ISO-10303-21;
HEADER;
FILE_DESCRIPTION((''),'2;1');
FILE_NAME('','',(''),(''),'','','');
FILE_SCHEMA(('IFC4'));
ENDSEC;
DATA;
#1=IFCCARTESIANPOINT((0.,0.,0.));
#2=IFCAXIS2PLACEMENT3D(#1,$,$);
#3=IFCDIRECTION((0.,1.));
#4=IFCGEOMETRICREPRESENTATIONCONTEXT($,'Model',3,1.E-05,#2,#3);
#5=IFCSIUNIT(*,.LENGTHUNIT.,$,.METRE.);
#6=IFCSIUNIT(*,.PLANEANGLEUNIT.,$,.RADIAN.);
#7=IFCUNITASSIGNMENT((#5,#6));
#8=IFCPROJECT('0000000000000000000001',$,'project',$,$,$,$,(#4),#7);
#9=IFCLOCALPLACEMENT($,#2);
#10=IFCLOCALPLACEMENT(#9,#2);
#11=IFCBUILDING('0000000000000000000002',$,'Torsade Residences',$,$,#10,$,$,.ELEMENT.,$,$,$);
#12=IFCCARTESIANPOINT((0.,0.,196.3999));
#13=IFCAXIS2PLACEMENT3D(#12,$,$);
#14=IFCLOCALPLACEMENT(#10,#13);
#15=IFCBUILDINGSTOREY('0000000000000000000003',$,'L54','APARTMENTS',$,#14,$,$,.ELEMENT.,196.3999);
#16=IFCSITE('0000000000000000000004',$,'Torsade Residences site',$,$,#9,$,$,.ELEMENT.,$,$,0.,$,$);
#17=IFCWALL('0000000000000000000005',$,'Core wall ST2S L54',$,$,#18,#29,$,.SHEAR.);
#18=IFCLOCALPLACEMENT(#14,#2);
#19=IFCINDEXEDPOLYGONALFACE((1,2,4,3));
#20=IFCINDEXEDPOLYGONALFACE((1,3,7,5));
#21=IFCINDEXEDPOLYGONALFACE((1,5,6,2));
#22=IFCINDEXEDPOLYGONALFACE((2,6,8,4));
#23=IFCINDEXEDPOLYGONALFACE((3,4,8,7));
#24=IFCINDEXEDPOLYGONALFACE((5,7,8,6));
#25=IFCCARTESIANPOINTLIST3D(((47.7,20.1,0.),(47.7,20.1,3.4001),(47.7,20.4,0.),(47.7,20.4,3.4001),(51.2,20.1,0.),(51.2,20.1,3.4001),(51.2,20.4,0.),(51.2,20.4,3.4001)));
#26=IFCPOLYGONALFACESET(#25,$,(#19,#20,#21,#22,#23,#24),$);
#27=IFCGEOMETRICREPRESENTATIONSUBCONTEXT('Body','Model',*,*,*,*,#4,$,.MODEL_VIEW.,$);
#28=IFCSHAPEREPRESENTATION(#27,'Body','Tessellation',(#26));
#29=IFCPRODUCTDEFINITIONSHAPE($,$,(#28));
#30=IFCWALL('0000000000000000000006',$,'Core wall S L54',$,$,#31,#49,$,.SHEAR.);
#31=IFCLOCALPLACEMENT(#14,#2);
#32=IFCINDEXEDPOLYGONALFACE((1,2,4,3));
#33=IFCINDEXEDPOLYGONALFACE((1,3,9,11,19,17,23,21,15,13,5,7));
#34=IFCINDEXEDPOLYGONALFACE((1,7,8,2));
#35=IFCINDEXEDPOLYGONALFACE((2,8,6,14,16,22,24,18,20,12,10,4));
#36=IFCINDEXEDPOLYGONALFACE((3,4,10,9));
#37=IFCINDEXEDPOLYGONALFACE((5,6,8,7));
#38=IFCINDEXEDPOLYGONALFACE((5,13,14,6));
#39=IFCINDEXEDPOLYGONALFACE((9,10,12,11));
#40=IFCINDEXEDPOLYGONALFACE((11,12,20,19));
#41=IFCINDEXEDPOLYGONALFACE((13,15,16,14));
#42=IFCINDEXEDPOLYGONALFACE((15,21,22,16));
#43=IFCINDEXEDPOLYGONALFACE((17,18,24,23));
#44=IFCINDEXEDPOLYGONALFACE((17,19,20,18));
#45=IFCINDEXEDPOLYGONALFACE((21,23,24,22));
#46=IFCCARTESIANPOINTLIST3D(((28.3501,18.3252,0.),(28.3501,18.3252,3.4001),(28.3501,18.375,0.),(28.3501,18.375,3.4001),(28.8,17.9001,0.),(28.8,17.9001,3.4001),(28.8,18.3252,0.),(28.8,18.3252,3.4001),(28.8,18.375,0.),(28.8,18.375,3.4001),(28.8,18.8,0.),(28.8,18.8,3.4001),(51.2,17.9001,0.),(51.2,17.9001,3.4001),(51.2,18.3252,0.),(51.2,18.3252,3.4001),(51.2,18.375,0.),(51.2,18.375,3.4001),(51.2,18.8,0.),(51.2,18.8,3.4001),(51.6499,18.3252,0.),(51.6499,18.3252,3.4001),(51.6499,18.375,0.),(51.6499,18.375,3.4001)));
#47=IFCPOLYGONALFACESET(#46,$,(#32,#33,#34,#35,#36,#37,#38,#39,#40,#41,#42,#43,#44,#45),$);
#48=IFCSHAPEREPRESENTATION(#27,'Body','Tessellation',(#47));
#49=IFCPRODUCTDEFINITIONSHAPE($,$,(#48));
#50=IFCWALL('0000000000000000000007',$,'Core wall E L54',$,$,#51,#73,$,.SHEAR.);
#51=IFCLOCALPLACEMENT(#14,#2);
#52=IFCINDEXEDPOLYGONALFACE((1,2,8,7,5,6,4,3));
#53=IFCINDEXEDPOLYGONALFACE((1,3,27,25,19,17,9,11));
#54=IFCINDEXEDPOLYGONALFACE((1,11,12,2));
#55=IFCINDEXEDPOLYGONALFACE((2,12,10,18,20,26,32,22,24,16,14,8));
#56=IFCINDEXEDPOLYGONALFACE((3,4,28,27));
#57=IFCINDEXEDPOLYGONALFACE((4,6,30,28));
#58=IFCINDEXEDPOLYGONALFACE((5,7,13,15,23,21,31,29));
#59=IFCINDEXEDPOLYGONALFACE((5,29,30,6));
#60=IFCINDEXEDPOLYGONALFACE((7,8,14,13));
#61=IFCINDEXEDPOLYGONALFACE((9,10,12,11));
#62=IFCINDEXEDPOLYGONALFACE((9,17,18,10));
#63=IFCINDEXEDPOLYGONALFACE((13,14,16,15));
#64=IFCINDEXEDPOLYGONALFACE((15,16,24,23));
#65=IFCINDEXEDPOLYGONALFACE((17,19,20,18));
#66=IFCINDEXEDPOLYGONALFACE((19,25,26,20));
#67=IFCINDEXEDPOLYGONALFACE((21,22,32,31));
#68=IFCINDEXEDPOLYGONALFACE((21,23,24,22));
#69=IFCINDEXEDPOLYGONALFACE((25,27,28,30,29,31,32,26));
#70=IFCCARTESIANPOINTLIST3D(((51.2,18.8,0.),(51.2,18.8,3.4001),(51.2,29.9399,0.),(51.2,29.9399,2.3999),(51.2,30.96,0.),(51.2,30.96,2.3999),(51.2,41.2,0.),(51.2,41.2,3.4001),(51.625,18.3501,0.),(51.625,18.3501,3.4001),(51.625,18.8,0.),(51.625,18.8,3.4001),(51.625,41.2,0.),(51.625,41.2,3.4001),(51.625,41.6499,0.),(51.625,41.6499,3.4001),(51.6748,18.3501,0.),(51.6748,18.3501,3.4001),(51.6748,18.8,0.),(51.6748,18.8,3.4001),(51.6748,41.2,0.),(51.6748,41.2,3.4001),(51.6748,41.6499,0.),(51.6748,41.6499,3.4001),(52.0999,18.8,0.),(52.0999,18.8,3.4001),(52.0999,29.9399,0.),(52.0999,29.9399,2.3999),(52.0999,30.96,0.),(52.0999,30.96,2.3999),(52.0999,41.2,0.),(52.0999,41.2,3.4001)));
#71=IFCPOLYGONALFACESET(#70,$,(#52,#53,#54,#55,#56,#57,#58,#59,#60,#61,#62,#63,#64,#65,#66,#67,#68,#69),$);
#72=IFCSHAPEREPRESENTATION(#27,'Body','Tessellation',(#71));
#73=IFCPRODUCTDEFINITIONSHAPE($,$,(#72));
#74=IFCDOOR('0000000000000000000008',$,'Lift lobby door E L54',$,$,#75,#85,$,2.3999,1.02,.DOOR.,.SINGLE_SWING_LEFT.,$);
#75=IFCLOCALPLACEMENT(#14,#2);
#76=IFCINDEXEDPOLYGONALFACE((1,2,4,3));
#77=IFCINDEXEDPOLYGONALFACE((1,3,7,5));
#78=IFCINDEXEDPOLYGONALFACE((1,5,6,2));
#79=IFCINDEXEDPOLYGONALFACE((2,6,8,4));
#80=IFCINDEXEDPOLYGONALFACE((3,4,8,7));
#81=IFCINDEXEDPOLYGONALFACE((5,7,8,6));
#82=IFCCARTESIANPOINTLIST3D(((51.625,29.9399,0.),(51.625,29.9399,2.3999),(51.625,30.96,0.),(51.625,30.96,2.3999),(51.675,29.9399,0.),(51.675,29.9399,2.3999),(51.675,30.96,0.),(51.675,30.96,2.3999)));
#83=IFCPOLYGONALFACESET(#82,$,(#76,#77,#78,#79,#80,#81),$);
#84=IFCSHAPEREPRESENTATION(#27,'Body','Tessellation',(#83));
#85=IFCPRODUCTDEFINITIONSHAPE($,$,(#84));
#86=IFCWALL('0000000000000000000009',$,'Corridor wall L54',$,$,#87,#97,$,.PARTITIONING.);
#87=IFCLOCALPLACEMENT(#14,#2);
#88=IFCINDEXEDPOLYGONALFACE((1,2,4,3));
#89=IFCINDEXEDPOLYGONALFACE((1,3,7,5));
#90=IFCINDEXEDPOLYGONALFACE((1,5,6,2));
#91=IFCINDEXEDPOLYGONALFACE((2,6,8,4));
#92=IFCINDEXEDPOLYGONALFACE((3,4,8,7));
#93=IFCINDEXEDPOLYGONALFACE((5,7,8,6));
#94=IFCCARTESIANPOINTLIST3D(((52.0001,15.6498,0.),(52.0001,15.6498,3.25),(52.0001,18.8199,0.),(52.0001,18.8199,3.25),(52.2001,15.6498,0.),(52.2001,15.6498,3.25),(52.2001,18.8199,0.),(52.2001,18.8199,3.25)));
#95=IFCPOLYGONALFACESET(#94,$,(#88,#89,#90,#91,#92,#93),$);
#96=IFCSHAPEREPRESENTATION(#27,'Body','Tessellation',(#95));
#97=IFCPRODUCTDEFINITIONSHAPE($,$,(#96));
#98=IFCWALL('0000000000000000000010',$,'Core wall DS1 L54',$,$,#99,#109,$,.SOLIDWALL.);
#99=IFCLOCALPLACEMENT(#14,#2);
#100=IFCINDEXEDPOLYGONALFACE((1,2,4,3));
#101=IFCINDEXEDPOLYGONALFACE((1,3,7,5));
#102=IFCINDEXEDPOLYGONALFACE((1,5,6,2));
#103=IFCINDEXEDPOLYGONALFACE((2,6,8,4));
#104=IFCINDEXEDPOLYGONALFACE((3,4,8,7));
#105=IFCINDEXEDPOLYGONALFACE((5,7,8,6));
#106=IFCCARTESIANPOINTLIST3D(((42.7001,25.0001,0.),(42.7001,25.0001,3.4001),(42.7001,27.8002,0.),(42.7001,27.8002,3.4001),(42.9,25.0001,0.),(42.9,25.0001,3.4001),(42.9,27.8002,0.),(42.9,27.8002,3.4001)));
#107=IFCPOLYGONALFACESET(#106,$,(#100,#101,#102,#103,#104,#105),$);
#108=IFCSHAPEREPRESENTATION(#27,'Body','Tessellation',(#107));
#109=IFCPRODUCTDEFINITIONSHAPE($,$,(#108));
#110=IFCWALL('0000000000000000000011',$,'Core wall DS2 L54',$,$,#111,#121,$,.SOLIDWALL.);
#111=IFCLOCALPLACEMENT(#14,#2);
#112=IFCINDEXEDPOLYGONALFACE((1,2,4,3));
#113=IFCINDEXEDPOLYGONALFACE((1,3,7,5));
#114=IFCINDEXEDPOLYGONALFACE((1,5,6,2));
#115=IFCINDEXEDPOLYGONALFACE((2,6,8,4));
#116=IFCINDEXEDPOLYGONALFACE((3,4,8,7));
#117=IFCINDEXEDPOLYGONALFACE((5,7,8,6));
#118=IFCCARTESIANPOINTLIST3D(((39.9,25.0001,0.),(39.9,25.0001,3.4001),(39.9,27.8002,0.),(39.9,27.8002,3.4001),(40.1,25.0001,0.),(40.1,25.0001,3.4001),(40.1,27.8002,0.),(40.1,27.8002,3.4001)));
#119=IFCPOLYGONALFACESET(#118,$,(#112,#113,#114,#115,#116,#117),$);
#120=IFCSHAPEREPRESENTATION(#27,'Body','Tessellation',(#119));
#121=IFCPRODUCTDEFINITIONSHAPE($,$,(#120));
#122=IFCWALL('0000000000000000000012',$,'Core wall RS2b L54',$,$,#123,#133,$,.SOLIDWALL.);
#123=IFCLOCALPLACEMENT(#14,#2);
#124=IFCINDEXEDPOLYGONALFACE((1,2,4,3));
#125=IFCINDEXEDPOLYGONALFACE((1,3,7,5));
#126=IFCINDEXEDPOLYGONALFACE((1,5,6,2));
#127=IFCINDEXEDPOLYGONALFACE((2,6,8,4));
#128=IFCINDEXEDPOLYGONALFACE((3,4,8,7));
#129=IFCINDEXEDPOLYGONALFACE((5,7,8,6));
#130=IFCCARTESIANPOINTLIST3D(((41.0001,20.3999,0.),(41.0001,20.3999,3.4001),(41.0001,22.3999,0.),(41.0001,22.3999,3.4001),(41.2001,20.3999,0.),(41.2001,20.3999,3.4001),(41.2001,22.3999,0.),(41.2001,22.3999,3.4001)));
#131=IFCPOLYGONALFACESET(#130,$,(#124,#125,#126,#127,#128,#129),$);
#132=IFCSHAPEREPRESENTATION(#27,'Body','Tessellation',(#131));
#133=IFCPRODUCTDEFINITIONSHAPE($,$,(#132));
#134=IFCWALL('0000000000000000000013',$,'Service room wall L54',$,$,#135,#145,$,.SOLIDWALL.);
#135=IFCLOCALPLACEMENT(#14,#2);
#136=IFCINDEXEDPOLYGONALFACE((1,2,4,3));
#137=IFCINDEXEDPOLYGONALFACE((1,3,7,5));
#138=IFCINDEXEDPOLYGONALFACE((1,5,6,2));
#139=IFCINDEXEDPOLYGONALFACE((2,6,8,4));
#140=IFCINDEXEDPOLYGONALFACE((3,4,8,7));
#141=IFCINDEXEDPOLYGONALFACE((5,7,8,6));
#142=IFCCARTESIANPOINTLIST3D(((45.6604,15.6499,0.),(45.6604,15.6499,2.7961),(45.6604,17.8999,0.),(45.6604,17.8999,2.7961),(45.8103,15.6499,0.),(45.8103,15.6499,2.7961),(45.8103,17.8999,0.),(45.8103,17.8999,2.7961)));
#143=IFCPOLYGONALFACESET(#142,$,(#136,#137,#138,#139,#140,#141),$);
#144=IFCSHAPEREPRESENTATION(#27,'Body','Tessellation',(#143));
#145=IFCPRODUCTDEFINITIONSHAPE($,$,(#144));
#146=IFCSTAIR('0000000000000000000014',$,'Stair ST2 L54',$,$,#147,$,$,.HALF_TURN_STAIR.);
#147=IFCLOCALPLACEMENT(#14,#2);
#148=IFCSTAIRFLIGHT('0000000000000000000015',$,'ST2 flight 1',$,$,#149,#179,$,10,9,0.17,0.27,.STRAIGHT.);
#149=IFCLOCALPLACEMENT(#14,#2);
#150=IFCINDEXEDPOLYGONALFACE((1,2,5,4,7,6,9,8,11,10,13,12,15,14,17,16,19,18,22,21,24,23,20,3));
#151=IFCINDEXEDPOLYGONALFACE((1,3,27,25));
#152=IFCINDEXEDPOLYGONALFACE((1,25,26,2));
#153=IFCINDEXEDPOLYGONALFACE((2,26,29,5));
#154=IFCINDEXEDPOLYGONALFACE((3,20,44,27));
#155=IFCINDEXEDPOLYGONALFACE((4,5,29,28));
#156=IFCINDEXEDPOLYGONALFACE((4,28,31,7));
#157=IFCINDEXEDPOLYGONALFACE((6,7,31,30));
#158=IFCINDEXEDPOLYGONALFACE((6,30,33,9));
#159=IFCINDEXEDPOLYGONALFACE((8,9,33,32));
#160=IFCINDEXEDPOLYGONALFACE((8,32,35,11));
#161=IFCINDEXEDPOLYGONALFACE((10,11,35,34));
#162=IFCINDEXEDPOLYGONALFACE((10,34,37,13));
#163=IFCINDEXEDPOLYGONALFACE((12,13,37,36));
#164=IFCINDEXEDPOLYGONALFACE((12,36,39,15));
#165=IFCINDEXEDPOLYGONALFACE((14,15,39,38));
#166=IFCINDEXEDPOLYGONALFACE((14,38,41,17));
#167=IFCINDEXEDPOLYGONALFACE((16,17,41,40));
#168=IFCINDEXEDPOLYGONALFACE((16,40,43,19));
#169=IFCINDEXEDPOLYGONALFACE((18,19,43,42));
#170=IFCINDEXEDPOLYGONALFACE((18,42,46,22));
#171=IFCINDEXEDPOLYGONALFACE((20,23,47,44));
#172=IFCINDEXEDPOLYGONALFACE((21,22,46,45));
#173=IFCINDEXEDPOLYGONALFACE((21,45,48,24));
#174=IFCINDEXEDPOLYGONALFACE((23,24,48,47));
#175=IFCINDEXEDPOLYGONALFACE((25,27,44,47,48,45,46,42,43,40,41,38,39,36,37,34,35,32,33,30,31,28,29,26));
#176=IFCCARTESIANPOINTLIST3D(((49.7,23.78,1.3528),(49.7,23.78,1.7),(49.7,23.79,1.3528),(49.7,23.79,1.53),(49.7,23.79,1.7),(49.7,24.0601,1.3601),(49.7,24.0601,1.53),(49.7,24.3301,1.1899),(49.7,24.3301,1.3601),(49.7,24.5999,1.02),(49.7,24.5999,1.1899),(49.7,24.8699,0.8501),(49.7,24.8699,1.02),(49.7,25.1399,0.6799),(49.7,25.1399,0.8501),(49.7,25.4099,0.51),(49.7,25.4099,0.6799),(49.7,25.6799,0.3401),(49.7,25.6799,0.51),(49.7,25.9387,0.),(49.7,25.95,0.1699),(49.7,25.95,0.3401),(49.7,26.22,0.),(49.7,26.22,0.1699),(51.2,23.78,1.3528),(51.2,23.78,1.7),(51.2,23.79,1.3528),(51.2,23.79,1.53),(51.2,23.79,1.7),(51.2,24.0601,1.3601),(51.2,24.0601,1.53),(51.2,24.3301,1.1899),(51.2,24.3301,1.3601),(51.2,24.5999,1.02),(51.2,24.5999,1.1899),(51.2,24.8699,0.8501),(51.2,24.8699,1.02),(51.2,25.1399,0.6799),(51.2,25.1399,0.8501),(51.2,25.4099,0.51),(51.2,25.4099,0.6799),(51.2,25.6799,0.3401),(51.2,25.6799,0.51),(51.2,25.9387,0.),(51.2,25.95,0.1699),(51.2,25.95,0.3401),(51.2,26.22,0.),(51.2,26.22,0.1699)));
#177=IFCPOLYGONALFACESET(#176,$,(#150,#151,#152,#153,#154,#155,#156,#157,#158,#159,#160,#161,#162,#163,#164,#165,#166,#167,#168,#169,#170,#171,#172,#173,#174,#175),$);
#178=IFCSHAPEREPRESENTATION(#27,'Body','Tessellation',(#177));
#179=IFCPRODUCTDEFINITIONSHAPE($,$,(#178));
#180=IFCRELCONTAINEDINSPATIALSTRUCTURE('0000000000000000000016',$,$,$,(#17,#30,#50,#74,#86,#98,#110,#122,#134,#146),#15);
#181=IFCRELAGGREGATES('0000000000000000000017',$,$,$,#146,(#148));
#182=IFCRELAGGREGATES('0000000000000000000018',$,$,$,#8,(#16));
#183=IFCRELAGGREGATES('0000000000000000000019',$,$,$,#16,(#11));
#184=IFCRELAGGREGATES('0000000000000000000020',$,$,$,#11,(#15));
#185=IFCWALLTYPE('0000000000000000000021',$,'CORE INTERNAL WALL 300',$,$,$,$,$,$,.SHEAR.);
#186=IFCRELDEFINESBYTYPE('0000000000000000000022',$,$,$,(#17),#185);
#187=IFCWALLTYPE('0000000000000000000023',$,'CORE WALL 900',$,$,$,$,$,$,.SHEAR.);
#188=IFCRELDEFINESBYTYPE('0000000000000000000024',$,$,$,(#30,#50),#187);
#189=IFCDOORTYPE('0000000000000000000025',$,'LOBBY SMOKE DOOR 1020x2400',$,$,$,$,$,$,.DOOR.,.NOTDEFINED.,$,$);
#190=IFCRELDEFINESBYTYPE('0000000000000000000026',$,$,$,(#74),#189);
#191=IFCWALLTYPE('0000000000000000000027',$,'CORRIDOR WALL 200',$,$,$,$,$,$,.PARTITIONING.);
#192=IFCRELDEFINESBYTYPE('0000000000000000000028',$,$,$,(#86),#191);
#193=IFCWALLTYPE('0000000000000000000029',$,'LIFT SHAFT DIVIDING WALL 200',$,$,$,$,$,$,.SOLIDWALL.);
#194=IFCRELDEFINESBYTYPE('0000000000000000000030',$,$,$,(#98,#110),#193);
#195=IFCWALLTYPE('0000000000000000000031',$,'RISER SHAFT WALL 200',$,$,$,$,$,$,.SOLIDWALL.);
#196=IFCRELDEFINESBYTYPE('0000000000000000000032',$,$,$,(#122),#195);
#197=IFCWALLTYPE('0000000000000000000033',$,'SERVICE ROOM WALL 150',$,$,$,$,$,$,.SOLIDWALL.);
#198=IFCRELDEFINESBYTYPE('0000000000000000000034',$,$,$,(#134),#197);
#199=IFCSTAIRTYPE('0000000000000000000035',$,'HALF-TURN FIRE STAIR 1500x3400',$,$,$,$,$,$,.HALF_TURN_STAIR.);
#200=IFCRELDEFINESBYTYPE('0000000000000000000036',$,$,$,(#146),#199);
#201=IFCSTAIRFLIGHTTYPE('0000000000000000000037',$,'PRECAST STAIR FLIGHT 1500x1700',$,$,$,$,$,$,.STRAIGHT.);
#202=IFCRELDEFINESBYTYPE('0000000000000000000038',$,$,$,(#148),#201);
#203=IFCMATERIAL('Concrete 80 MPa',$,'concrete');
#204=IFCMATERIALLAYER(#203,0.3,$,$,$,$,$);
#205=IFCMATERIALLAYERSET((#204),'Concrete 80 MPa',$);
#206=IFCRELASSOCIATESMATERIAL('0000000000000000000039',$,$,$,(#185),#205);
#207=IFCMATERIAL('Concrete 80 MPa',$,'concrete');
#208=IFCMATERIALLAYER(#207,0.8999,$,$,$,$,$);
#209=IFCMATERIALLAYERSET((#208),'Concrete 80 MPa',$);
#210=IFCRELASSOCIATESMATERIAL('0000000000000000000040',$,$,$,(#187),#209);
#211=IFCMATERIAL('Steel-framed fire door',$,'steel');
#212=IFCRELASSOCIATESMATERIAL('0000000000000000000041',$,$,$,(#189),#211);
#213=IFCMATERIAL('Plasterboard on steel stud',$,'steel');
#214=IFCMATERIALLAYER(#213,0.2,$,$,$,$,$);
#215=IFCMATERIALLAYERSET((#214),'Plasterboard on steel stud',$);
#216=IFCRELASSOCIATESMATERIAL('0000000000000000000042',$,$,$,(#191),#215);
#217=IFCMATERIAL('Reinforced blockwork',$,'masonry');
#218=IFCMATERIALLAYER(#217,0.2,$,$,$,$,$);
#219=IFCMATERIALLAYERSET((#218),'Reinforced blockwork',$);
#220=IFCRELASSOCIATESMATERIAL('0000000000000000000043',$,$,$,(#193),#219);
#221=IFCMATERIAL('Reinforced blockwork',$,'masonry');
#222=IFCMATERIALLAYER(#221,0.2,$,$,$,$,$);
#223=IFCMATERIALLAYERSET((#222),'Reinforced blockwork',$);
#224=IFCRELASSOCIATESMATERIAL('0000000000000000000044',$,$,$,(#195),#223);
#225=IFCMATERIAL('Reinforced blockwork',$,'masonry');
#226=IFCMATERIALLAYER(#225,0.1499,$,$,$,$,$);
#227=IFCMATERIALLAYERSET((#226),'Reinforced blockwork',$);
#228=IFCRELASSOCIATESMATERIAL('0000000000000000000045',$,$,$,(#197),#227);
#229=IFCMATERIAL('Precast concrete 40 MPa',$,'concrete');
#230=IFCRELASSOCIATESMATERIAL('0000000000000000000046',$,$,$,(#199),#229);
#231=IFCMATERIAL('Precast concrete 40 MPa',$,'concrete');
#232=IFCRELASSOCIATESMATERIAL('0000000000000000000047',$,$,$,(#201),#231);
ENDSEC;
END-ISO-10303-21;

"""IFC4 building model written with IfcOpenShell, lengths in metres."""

from ifc_helpers import new_model, si_unit, direction, frame, frame_2d, origin, place, context, subcontext, project, spatial, polyline, rectangle, outline, extrude, material, layer, layer_set, type_object, element, fill, aggregate, save


model = new_model("IFC4")

# Units and contexts
model_context = context("Model", 3, precision=1e-05, world=origin(), true_north=direction((0.0, 1.0)))
body_context = subcontext(model_context, "Body", "Model", "MODEL_VIEW")
ifc_project = project(units=[si_unit("LENGTHUNIT", "METRE"), si_unit("PLANEANGLEUNIT", "RADIAN")], contexts=[model_context])

# Site, building, storey
site_placement = place(None, origin())
site = spatial("IfcSite", under=ifc_project, at=site_placement, Name="Torsade Residences site", CompositionType="ELEMENT", RefElevation=0.0)
building_placement = place(site_placement, origin())
building = spatial("IfcBuilding", under=site, at=building_placement, Name="Torsade Residences", CompositionType="ELEMENT")
storey_placement = place(building_placement, frame((0.0, 0.0, 196.3999)))
storey = spatial("IfcBuildingStorey", under=building, at=storey_placement, Name="L54", Description="APARTMENTS", CompositionType="ELEMENT", Elevation=196.3999)

# Shared definitions
ifc_material_1 = material(Name="Concrete 80 MPa", Category="concrete")
ifc_layer_1 = layer(ifc_material_1, 0.3)
ifc_layer_set_1 = layer_set([ifc_layer_1], Name="Concrete 80 MPa")
wall_type_1 = type_object("IfcWallType", Name="CORE INTERNAL WALL 300", PredefinedType="SHEAR", material=ifc_layer_set_1)

# Walls
wall_1_placement = place(storey_placement, frame((51.2, 20.25, 0.0), z_axis=(0.0, 0.0, 1.0), x_axis=(-1.0, 0.0, 0.0)))
element("IfcWall", 1, at=wall_1_placement, inside=storey, type_object=wall_type_1, Name="Core wall ST2S L54", PredefinedType="SHEAR", context=body_context, shape_type="SweptSolid", body=[
    extrude(rectangle(XDim=3.5, YDim=0.3, at=frame_2d((1.75, 0.0))), origin(), (0.0, 0.0, 1.0), 3.4001),
])
ifc_material_2 = material(Name="Concrete 80 MPa", Category="concrete")
ifc_layer_2 = layer(ifc_material_2, 0.8999)
ifc_layer_set_2 = layer_set([ifc_layer_2], Name="Concrete 80 MPa")
wall_type_2 = type_object("IfcWallType", Name="CORE WALL 900", PredefinedType="SHEAR", material=ifc_layer_set_2)
wall_2_placement = place(storey_placement, frame((51.2, 18.3501, 0.0), z_axis=(0.0, 0.0, 1.0), x_axis=(-1.0, 0.0, 0.0)))
element("IfcWall", 2, at=wall_2_placement, inside=storey, type_object=wall_type_2, Name="Core wall S L54", PredefinedType="SHEAR", context=body_context, shape_type="SweptSolid", body=[
    extrude(outline(polyline([(0.0, -0.45), (22.3999, -0.45), (22.3999, -0.0249), (22.8499, -0.0249), (22.8499, 0.0249), (22.3999, 0.0249), (22.3999, 0.45), (0.0, 0.45), (0.0, 0.0249), (-0.45, 0.0249), (-0.45, -0.0249), (0.0, -0.0249), (0.0, -0.45)])), origin(), (0.0, 0.0, 1.0), 3.4001),
])

# Wall, opening, door
wall_3_placement = place(storey_placement, frame((51.6499, 18.8, 0.0), z_axis=(0.0, 0.0, 1.0), x_axis=(0.0, 1.0, 0.0)))
wall_3 = element("IfcWall", 3, at=wall_3_placement, inside=storey, type_object=wall_type_2, Name="Core wall E L54", PredefinedType="SHEAR", context=body_context, shape_type="SweptSolid", body=[
    extrude(outline(polyline([(0.0, -0.45), (22.3999, -0.45), (22.3999, -0.0249), (22.8499, -0.0249), (22.8499, 0.0249), (22.3999, 0.0249), (22.3999, 0.45), (0.0, 0.45), (0.0, 0.0249), (-0.45, 0.0249), (-0.45, -0.0249), (0.0, -0.0249), (0.0, -0.45)])), origin(), (0.0, 0.0, 1.0), 3.4001),
])
opening_1_placement = place(wall_3_placement, frame((11.1399, 0.0, 0.0)))
opening_1 = element("IfcOpeningElement", 4, at=opening_1_placement, cuts=wall_3, PredefinedType="OPENING", context=body_context, shape_type="SweptSolid", body=[
    extrude(rectangle(XDim=1.02, YDim=2.3999, at=frame_2d((0.51, 1.2))), frame((0.0, 0.46, 0.0), z_axis=(0.0, -1.0, 0.0), x_axis=(1.0, 0.0, 0.0)), (0.0, 0.0, 1.0), 0.9199),
])
ifc_material_3 = material(Name="Steel-framed fire door", Category="steel")
door_type_1 = type_object("IfcDoorType", Name="LOBBY SMOKE DOOR 1020x2400", OperationType="NOTDEFINED", PredefinedType="DOOR", material=ifc_material_3)
door_1_placement = place(opening_1_placement, origin())
door_1 = element("IfcDoor", 5, at=door_1_placement, inside=storey, type_object=door_type_1, Name="Lift lobby door E L54", OperationType="SINGLE_SWING_LEFT", OverallHeight=2.3999, OverallWidth=1.02, PredefinedType="DOOR", context=body_context, shape_type="SweptSolid", body=[
    extrude(rectangle(XDim=1.02, YDim=2.3999, at=frame_2d((0.51, 1.2))), frame((0.0, 0.0249, 0.0), z_axis=(0.0, -1.0, 0.0), x_axis=(1.0, 0.0, 0.0)), (0.0, 0.0, 1.0), 0.05),
])
fill(opening_1, door_1)

# Walls
ifc_material_4 = material(Name="Plasterboard on steel stud", Category="steel")
ifc_layer_3 = layer(ifc_material_4, 0.2)
ifc_layer_set_3 = layer_set([ifc_layer_3], Name="Plasterboard on steel stud")
wall_type_3 = type_object("IfcWallType", Name="CORRIDOR WALL 200", PredefinedType="PARTITIONING", material=ifc_layer_set_3)
wall_4_placement = place(storey_placement, frame((52.1001, 15.6499, 0.0), z_axis=(0.0, 0.0, 1.0), x_axis=(0.0, 1.0, 0.0)))
element("IfcWall", 6, at=wall_4_placement, inside=storey, type_object=wall_type_3, Name="Corridor wall L54", PredefinedType="PARTITIONING", context=body_context, shape_type="SweptSolid", body=[
    extrude(rectangle(XDim=3.1702, YDim=0.2, at=frame_2d((1.585, 0.0))), origin(), (0.0, 0.0, 1.0), 3.25),
])
ifc_material_5 = material(Name="Reinforced blockwork", Category="masonry")
ifc_layer_4 = layer(ifc_material_5, 0.2)
ifc_layer_set_4 = layer_set([ifc_layer_4], Name="Reinforced blockwork")
wall_type_4 = type_object("IfcWallType", Name="LIFT SHAFT DIVIDING WALL 200", PredefinedType="SOLIDWALL", material=ifc_layer_set_4)
for number, where, z_axis, x_axis, name in (
    (7, (42.8, 27.8, 0.0), (0.0, 0.0, 1.0), (0.0, -1.0, 0.0), "Core wall DS1 L54"),
    (8, (40.0, 27.8, 0.0), (0.0, 0.0, 1.0), (0.0, -1.0, 0.0), "Core wall DS2 L54"),
):
    element("IfcWall", number, at=place(storey_placement, frame(where, z_axis=z_axis, x_axis=x_axis)), inside=storey, type_object=wall_type_4, Name=name, PredefinedType="SOLIDWALL", context=body_context, shape_type="SweptSolid", body=[
        extrude(rectangle(XDim=2.8, YDim=0.2, at=frame_2d((1.3999, 0.0))), origin(), (0.0, 0.0, 1.0), 3.4001),
    ])
ifc_material_6 = material(Name="Reinforced blockwork", Category="masonry")
ifc_layer_5 = layer(ifc_material_6, 0.2)
ifc_layer_set_5 = layer_set([ifc_layer_5], Name="Reinforced blockwork")
wall_type_5 = type_object("IfcWallType", Name="RISER SHAFT WALL 200", PredefinedType="SOLIDWALL", material=ifc_layer_set_5)
wall_5_placement = place(storey_placement, frame((41.1001, 22.3999, 0.0), z_axis=(0.0, 0.0, 1.0), x_axis=(0.0, -1.0, 0.0)))
element("IfcWall", 9, at=wall_5_placement, inside=storey, type_object=wall_type_5, Name="Core wall RS2b L54", PredefinedType="SOLIDWALL", context=body_context, shape_type="SweptSolid", body=[
    extrude(rectangle(XDim=2.0, YDim=0.2, at=frame_2d((1.0, 0.0))), origin(), (0.0, 0.0, 1.0), 3.4001),
])
ifc_material_7 = material(Name="Reinforced blockwork", Category="masonry")
ifc_layer_6 = layer(ifc_material_7, 0.1499)
ifc_layer_set_6 = layer_set([ifc_layer_6], Name="Reinforced blockwork")
wall_type_6 = type_object("IfcWallType", Name="SERVICE ROOM WALL 150", PredefinedType="SOLIDWALL", material=ifc_layer_set_6)
wall_6_placement = place(storey_placement, frame((45.7354, 15.6499, 0.0), z_axis=(0.0, 0.0, 1.0), x_axis=(0.0, 1.0, 0.0)))
element("IfcWall", 10, at=wall_6_placement, inside=storey, type_object=wall_type_6, Name="Service room wall L54", PredefinedType="SOLIDWALL", context=body_context, shape_type="SweptSolid", body=[
    extrude(rectangle(XDim=2.25, YDim=0.1499, at=frame_2d((1.125, 0.0))), origin(), (0.0, 0.0, 1.0), 2.7961),
])

# Stair, stair flight
ifc_material_8 = material(Name="Precast concrete 40 MPa", Category="concrete")
stair_type = type_object("IfcStairType", Name="HALF-TURN FIRE STAIR 1500x3400", PredefinedType="HALF_TURN_STAIR", material=ifc_material_8)
stair_placement = place(storey_placement, origin())
stair = element("IfcStair", 11, at=stair_placement, inside=storey, type_object=stair_type, Name="Stair ST2 L54", PredefinedType="HALF_TURN_STAIR")
ifc_material_9 = material(Name="Precast concrete 40 MPa", Category="concrete")
stair_flight_type = type_object("IfcStairFlightType", Name="PRECAST STAIR FLIGHT 1500x1700", PredefinedType="STRAIGHT", material=ifc_material_9)
stair_flight_1_placement = place(storey_placement, frame((50.45, 26.22, 0.0), z_axis=(0.0, 0.0, 1.0), x_axis=(0.0, -1.0, 0.0)))
stair_flight_1 = element("IfcStairFlight", 12, at=stair_flight_1_placement, type_object=stair_flight_type, Name="ST2 flight 1", NumberOfRisers=10, NumberOfTreads=9, PredefinedType="STRAIGHT", RiserHeight=0.17, TreadLength=0.27, context=body_context, shape_type="SweptSolid", body=[
    extrude(outline(polyline([(0.0, 0.0), (0.0, 0.1699), (0.27, 0.1699), (0.27, 0.3401), (0.54, 0.3401), (0.54, 0.51), (0.8101, 0.51), (0.8101, 0.6799), (1.0801, 0.6799), (1.0801, 0.8501), (1.3501, 0.8501), (1.3501, 1.02), (1.6201, 1.02), (1.6201, 1.1899), (1.8899, 1.1899), (1.8899, 1.3601), (2.1599, 1.3601), (2.1599, 1.53), (2.4299, 1.53), (2.4299, 1.7), (2.4399, 1.7), (2.4399, 1.3528), (2.4299, 1.3528), (0.2812, 0.0), (0.0, 0.0)])), frame((0.0, 0.75, 0.0), z_axis=(0.0, -1.0, 0.0), x_axis=(1.0, 0.0, 0.0)), (0.0, 0.0, 1.0), 1.5),
])
aggregate(stair, [stair_flight_1])

save(model, "model.ifc")
